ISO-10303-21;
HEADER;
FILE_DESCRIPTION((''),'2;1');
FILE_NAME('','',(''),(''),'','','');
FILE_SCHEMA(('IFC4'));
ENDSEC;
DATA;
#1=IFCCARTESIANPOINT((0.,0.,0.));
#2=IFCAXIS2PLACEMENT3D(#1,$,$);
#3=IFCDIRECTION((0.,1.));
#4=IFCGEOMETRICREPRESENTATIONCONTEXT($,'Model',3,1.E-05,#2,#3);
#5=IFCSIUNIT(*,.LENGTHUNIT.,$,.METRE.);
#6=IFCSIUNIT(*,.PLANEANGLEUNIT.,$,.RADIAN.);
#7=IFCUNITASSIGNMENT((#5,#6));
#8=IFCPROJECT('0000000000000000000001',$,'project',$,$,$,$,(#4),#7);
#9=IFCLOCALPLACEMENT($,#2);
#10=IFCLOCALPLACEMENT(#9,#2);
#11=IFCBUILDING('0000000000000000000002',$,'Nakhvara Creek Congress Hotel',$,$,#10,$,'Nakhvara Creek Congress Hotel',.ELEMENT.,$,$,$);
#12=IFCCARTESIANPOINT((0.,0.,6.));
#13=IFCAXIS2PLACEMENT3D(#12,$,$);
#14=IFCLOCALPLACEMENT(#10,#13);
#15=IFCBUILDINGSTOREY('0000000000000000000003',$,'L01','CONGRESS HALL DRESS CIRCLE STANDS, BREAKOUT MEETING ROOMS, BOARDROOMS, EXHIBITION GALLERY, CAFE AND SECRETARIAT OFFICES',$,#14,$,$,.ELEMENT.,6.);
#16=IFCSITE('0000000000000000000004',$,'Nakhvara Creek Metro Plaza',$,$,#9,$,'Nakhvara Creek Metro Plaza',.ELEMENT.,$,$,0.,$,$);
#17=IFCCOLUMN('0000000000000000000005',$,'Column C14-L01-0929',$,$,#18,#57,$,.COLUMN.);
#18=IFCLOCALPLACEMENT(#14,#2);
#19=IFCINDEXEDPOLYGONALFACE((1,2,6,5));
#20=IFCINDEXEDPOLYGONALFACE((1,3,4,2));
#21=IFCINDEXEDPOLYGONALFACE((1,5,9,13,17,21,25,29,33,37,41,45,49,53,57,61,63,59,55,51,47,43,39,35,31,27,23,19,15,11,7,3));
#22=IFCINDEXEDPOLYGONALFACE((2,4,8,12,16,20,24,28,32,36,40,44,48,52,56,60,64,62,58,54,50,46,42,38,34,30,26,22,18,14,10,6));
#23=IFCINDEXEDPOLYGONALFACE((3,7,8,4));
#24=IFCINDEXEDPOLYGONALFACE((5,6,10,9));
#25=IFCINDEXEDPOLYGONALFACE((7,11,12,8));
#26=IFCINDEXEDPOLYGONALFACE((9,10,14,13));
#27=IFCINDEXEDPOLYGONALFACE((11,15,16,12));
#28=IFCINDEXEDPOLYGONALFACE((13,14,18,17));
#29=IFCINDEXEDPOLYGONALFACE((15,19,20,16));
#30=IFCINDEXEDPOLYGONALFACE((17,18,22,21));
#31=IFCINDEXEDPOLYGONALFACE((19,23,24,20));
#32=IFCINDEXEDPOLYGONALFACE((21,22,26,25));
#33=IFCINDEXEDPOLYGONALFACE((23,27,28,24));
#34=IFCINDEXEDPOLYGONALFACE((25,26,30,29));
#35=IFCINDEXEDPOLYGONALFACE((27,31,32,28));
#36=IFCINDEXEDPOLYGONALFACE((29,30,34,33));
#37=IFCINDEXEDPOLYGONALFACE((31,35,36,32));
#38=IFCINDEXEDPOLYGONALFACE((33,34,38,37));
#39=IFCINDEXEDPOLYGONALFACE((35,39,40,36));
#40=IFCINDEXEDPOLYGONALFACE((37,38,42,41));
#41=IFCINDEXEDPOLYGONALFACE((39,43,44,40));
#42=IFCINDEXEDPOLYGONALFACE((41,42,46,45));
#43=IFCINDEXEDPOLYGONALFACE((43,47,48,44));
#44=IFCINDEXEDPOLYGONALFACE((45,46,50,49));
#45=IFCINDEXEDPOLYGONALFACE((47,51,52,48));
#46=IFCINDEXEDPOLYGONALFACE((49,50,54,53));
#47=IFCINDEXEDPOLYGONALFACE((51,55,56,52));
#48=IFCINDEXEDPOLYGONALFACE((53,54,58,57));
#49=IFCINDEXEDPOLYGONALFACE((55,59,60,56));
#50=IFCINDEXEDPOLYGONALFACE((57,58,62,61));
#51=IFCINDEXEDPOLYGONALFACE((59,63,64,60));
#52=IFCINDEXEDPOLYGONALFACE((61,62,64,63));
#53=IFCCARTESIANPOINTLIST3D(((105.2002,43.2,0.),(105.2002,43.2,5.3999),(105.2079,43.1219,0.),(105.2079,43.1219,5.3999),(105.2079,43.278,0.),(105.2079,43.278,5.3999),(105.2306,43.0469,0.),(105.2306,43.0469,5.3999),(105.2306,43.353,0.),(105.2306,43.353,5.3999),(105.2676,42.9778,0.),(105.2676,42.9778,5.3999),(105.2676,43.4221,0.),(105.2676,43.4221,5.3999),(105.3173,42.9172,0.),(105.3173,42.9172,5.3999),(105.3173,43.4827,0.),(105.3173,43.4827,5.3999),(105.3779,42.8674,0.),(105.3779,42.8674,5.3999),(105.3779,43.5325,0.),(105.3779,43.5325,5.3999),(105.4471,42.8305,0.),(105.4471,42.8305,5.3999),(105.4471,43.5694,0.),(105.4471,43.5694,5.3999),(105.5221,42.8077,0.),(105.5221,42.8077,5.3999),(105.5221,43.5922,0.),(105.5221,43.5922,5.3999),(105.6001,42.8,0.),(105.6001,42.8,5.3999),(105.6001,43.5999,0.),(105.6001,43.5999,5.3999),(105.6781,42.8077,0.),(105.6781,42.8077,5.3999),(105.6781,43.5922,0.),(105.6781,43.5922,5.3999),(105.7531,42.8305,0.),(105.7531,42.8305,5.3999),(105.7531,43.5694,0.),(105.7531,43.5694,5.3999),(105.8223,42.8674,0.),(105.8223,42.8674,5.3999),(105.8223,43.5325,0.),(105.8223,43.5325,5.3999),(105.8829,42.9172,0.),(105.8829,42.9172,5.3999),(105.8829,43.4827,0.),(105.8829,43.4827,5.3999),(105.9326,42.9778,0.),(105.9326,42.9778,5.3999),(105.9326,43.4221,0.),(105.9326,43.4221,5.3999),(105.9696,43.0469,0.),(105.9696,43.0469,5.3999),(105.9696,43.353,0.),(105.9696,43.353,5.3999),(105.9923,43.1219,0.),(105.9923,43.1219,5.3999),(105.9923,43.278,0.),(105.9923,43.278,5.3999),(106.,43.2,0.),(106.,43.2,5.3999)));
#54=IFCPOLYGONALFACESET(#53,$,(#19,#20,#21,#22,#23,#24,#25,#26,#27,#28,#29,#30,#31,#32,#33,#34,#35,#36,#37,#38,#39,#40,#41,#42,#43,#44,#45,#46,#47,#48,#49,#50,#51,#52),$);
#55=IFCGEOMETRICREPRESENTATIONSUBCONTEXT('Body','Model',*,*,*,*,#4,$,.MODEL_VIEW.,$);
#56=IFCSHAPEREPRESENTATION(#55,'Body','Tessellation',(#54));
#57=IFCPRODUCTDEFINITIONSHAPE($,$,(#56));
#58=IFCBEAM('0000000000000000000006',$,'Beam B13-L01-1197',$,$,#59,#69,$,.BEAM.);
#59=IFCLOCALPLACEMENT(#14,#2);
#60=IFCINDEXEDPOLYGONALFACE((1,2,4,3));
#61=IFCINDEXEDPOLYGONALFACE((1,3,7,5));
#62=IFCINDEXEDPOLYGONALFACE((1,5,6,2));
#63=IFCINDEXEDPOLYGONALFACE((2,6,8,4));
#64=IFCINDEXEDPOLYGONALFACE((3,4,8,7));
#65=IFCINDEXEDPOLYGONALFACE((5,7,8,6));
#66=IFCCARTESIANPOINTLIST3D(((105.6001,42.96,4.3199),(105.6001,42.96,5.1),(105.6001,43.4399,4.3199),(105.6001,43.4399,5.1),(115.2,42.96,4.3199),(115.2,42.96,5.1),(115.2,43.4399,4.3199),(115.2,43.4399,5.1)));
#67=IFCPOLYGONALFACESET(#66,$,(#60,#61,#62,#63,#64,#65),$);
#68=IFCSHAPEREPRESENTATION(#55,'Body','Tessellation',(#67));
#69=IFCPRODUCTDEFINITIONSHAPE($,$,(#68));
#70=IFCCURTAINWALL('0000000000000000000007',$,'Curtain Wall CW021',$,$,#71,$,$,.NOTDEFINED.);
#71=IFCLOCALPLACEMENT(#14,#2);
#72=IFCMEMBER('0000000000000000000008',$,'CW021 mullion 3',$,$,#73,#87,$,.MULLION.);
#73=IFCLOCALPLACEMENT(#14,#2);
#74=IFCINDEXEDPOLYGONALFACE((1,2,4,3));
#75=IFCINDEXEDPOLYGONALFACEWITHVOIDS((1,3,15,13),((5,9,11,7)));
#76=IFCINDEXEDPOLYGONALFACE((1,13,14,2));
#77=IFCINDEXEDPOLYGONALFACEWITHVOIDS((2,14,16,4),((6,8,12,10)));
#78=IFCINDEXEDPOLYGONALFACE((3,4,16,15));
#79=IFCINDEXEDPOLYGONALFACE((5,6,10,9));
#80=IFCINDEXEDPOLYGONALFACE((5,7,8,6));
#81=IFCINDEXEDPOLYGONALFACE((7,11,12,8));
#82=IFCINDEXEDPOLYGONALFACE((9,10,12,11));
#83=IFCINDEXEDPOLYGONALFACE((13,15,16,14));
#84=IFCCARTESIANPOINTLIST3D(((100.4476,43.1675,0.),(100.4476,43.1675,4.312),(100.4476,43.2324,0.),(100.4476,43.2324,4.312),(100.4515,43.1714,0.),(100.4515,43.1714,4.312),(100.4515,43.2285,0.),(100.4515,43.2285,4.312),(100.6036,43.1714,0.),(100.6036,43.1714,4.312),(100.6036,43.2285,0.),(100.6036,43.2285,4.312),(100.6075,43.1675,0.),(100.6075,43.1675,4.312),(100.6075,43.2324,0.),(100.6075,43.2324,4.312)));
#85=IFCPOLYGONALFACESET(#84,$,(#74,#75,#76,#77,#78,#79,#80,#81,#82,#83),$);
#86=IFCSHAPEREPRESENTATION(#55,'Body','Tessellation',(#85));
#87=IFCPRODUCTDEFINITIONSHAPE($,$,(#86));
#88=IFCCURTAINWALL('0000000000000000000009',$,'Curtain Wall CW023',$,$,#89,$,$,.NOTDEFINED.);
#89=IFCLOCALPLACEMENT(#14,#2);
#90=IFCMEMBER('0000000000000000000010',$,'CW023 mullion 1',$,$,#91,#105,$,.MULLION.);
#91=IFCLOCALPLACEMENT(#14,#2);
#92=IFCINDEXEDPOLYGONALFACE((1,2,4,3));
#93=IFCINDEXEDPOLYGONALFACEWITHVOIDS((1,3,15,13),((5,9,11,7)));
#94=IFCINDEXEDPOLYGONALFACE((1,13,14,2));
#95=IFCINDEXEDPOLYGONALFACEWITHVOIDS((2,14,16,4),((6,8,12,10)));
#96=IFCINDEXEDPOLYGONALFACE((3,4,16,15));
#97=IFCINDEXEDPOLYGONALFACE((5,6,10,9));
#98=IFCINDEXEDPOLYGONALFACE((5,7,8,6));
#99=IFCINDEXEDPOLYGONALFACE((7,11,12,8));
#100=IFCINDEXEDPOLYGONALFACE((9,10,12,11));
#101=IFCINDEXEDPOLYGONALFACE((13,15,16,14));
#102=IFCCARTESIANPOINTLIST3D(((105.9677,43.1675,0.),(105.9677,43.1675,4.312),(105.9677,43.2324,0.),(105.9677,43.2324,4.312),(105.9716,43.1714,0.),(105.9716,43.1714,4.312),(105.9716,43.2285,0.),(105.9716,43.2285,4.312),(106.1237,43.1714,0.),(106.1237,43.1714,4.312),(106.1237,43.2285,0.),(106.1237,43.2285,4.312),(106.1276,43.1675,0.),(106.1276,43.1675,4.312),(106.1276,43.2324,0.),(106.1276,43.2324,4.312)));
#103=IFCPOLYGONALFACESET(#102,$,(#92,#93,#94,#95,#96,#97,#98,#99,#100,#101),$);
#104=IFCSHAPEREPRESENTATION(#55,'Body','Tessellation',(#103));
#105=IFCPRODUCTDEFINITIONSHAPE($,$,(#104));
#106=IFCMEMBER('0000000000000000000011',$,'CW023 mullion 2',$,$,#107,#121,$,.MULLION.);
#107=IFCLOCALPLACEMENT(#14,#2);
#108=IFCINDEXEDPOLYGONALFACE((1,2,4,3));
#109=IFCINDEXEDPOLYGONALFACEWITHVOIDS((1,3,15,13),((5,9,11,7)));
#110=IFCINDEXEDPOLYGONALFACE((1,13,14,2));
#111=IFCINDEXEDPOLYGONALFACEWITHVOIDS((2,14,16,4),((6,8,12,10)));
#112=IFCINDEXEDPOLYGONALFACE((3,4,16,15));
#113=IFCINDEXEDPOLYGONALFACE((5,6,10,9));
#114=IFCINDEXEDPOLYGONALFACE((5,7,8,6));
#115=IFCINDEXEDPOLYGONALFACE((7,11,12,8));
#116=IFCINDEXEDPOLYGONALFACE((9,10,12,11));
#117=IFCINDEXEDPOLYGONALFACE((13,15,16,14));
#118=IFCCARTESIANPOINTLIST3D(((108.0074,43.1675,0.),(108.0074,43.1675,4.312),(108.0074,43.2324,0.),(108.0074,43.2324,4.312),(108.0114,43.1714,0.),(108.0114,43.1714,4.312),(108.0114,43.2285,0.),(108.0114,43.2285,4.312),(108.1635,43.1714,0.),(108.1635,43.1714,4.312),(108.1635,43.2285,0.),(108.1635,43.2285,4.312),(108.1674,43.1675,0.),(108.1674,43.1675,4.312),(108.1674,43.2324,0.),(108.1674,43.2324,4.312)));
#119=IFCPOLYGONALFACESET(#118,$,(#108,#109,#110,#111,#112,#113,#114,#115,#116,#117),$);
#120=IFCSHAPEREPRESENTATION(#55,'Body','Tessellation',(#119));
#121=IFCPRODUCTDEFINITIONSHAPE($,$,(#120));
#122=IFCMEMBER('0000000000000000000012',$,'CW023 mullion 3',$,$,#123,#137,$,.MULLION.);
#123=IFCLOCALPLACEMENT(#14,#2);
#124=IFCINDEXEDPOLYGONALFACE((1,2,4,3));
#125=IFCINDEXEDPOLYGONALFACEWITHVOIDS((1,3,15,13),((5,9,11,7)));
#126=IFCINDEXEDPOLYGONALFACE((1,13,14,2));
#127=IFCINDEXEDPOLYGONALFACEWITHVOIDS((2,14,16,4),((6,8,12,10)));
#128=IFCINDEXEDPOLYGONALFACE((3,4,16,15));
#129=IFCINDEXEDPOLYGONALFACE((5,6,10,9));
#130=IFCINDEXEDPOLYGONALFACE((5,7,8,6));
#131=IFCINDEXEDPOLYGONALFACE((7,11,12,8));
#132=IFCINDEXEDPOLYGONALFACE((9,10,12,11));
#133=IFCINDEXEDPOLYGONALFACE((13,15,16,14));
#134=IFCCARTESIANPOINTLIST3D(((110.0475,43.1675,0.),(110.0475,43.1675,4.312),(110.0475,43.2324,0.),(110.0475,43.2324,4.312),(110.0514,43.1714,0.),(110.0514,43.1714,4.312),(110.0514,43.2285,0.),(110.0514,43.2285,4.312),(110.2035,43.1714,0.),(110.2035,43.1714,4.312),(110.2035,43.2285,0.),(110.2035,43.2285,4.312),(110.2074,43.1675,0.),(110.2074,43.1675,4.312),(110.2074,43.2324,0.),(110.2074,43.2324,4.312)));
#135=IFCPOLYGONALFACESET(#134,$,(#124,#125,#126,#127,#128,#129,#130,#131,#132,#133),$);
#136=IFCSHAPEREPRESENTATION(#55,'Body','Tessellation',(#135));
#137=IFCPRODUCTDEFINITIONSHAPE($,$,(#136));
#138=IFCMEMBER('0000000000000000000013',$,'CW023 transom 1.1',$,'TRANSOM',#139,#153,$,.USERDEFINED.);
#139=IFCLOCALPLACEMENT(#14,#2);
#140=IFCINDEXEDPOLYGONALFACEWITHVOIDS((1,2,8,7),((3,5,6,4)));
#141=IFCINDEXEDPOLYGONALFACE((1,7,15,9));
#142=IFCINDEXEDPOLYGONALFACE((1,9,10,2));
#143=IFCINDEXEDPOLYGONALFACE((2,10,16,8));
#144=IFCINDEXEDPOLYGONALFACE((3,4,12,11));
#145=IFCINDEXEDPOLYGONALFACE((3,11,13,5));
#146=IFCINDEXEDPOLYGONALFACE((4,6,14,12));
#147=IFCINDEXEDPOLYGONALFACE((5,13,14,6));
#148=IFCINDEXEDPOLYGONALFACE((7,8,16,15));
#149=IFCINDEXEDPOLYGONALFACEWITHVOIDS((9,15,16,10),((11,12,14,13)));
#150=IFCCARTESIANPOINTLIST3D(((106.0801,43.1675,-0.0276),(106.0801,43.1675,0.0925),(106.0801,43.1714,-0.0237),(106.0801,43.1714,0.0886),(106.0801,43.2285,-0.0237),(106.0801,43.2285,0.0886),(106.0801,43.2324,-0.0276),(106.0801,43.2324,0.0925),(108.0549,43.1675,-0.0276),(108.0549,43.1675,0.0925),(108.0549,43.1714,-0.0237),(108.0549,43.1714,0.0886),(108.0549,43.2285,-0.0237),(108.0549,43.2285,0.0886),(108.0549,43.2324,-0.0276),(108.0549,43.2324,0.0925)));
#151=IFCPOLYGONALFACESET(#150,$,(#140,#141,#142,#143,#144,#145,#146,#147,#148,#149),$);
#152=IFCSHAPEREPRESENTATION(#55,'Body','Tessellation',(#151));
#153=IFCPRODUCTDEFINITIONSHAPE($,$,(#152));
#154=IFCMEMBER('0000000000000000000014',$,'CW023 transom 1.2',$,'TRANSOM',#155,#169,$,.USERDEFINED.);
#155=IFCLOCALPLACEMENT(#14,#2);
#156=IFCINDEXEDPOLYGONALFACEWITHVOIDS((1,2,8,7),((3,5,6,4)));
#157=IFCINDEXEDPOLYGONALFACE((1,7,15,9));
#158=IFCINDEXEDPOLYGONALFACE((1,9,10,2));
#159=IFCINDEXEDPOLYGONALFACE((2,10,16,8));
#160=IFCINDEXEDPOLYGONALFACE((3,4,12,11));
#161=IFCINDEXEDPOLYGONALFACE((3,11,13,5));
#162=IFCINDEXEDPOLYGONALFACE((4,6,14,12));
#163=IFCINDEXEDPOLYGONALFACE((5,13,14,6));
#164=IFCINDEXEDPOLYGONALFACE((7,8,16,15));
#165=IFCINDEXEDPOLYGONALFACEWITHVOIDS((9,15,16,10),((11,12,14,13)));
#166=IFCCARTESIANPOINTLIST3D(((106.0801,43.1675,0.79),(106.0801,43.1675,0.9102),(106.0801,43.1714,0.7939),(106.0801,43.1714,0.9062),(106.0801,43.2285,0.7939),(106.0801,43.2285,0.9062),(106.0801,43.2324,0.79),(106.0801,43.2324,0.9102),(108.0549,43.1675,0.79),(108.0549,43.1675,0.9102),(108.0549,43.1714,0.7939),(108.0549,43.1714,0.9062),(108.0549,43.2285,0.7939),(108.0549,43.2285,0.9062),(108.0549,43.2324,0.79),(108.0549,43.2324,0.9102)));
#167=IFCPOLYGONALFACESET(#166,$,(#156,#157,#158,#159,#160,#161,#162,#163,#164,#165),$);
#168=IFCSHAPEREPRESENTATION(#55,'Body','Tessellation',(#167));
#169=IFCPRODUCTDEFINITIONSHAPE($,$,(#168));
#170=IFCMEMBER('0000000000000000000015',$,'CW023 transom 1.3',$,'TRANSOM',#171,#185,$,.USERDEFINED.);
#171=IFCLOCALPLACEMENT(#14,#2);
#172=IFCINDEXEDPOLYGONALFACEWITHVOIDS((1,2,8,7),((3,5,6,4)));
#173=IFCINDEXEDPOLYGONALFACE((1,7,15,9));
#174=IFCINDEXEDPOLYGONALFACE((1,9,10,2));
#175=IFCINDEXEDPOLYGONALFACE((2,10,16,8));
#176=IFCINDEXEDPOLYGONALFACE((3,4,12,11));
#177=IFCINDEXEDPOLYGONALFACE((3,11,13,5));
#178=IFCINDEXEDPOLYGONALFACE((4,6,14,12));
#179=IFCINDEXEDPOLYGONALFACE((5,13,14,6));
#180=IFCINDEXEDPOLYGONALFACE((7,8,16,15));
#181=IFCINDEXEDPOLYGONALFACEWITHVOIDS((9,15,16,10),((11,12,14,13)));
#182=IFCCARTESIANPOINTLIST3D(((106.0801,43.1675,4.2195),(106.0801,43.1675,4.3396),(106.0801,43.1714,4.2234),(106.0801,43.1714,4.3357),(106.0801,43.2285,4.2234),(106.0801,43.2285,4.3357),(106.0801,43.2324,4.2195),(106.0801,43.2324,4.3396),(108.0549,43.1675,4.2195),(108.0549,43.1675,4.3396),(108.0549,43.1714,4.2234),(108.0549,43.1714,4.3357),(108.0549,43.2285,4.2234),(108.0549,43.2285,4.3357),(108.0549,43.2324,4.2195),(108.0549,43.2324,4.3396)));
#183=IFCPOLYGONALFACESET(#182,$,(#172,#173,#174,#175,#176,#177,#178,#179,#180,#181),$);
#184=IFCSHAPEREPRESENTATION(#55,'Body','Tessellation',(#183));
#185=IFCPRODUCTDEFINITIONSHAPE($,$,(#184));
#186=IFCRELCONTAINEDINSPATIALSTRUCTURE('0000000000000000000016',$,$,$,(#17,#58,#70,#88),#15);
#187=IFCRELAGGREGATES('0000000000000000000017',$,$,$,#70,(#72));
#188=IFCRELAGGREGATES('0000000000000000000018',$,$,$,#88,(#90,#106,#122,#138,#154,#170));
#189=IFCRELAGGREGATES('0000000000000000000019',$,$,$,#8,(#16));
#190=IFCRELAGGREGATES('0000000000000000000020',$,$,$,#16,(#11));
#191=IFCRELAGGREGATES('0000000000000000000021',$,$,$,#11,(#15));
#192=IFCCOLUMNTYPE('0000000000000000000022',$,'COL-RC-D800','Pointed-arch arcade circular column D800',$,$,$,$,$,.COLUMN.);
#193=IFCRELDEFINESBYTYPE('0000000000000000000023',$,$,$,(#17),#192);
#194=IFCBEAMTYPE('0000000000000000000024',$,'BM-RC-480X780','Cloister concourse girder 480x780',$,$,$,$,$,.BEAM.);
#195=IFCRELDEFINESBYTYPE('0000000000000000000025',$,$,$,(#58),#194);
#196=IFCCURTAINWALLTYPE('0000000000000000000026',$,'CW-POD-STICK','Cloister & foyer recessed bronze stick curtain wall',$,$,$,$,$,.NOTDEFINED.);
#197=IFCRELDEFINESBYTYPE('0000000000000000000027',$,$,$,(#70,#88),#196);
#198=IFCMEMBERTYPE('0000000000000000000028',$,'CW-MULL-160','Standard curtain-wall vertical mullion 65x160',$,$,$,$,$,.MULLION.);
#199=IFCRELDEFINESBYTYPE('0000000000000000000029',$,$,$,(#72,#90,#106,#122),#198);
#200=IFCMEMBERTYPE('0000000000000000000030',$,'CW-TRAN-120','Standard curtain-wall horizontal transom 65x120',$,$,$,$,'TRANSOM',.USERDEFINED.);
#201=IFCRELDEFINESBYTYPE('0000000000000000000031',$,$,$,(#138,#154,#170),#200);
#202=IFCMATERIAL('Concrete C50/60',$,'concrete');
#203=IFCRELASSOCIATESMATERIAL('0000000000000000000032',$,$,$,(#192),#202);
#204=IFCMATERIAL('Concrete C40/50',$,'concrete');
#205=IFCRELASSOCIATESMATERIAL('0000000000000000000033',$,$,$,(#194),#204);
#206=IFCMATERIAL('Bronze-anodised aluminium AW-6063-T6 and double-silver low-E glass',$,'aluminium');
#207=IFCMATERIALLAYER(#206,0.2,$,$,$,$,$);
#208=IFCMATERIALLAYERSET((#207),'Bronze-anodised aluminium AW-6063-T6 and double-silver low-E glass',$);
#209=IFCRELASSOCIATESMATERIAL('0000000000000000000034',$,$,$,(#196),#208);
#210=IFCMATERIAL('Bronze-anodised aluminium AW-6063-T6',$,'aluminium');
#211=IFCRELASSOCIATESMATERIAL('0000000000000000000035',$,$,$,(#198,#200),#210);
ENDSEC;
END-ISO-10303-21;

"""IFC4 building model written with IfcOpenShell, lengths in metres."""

from ifc_helpers import new_model, si_unit, direction, frame, origin, origin_2d, place, context, subcontext, project, spatial, rectangle, hollow_rectangle, circle, extrude, material, layer, layer_set, material_profile, profile_set, type_object, element, aggregate, save


model = new_model("IFC4")

# Units and contexts
model_context = context("Model", 3, precision=1e-05, world=origin(), true_north=direction((0.0, 1.0)))
body_context = subcontext(model_context, "Body", "Model", "MODEL_VIEW")
ifc_project = project(units=[si_unit("LENGTHUNIT", "METRE"), si_unit("PLANEANGLEUNIT", "RADIAN")], contexts=[model_context])

# Site, building, storey
site_placement = place(None, origin())
site = spatial("IfcSite", under=ifc_project, at=site_placement, Name="Nakhvara Creek Metro Plaza", LongName="Nakhvara Creek Metro Plaza", CompositionType="ELEMENT", RefElevation=0.0)
building_placement = place(site_placement, origin())
building = spatial("IfcBuilding", under=site, at=building_placement, Name="Nakhvara Creek Congress Hotel", LongName="Nakhvara Creek Congress Hotel", CompositionType="ELEMENT")
storey_placement = place(building_placement, frame((0.0, 0.0, 6.0)))
storey = spatial("IfcBuildingStorey", under=building, at=storey_placement, Name="L01", Description="CONGRESS HALL DRESS CIRCLE STANDS, BREAKOUT MEETING ROOMS, BOARDROOMS, EXHIBITION GALLERY, CAFE AND SECRETARIAT OFFICES", CompositionType="ELEMENT", Elevation=6.0)

# Column
ifc_material_1 = material(Name="Concrete C50/60", Category="concrete")
ifc_material_profile_1 = material_profile(ifc_material_1, circle(Radius=0.3999, at=origin_2d()), Name="RC-COL D800", Category="LoadBearing")
ifc_profile_set_1 = profile_set([ifc_material_profile_1], Name="Concrete C50/60")
column_type = type_object("IfcColumnType", Name="COL-RC-D800", Description="Pointed-arch arcade circular column D800", PredefinedType="COLUMN", material=ifc_profile_set_1)
column_placement = place(storey_placement, frame((105.6001, 43.2, 0.0), z_axis=(0.0, 0.0, 1.0), x_axis=(1.0, 0.0, 0.0)))
element("IfcColumn", 1, at=column_placement, inside=storey, type_object=column_type, Name="Column C14-L01-0929", PredefinedType="COLUMN", context=body_context, shape_type="SweptSolid", body=[
    extrude(circle(Radius=0.3999, at=origin_2d()), origin(), (0.0, 0.0, 1.0), 5.3999),
])

# Beam
ifc_material_2 = material(Name="Concrete C40/50", Category="concrete")
ifc_material_profile_2 = material_profile(ifc_material_2, rectangle(XDim=0.48, YDim=0.78, at=origin_2d()), Name="RC-BM 480x780", Category="LoadBearing")
ifc_profile_set_2 = profile_set([ifc_material_profile_2], Name="Concrete C40/50")
beam_type = type_object("IfcBeamType", Name="BM-RC-480X780", Description="Cloister concourse girder 480x780", PredefinedType="BEAM", material=ifc_profile_set_2)
beam_placement = place(storey_placement, frame((105.6001, 43.2, 4.71), z_axis=(1.0, 0.0, 0.0), x_axis=(0.0, 1.0, 0.0)))
element("IfcBeam", 2, at=beam_placement, inside=storey, type_object=beam_type, Name="Beam B13-L01-1197", PredefinedType="BEAM", context=body_context, shape_type="SweptSolid", body=[
    extrude(rectangle(XDim=0.48, YDim=0.78, at=origin_2d()), origin(), (0.0, 0.0, 1.0), 9.5999),
])

# Curtain wall, member
ifc_material_3 = material(Name="Bronze-anodised aluminium AW-6063-T6 and double-silver low-E glass", Category="aluminium")
ifc_layer = layer(ifc_material_3, 0.2)
ifc_layer_set = layer_set([ifc_layer], Name="Bronze-anodised aluminium AW-6063-T6 and double-silver low-E glass")
curtain_wall_type = type_object("IfcCurtainWallType", Name="CW-POD-STICK", Description="Cloister & foyer recessed bronze stick curtain wall", PredefinedType="NOTDEFINED", material=ifc_layer_set)
curtain_wall_1_placement = place(storey_placement, origin())
curtain_wall_1 = element("IfcCurtainWall", 3, at=curtain_wall_1_placement, inside=storey, type_object=curtain_wall_type, Name="Curtain Wall CW021", PredefinedType="NOTDEFINED")
ifc_material_4 = material(Name="Bronze-anodised aluminium AW-6063-T6", Category="aluminium")
ifc_material_profile_3 = material_profile(ifc_material_4, hollow_rectangle(XDim=0.0649, YDim=0.1599, WallThickness=0.0039, at=origin_2d()), Name="ALU-MULL 65x160x4", Category="LoadBearing")
ifc_profile_set_3 = profile_set([ifc_material_profile_3], Name="Bronze-anodised aluminium AW-6063-T6")
member_type_1 = type_object("IfcMemberType", Name="CW-MULL-160", Description="Standard curtain-wall vertical mullion 65x160", PredefinedType="MULLION", material=ifc_profile_set_3)
member_1_placement = place(storey_placement, frame((100.5276, 43.2, 0.0), z_axis=(0.0, 0.0, 1.0), x_axis=(0.0, 1.0, 0.0)))
member_1 = element("IfcMember", 4, at=member_1_placement, type_object=member_type_1, Name="CW021 mullion 3", PredefinedType="MULLION", context=body_context, shape_type="SweptSolid", body=[
    extrude(hollow_rectangle(XDim=0.0649, YDim=0.1599, WallThickness=0.0039, at=origin_2d()), origin(), (0.0, 0.0, 1.0), 4.312),
])

# Curtain wall, members
curtain_wall_2_placement = place(storey_placement, origin())
curtain_wall_2 = element("IfcCurtainWall", 5, at=curtain_wall_2_placement, inside=storey, type_object=curtain_wall_type, Name="Curtain Wall CW023", PredefinedType="NOTDEFINED")
member_2_placement = place(storey_placement, frame((106.0476, 43.2, 0.0), z_axis=(0.0, 0.0, 1.0), x_axis=(0.0, 1.0, 0.0)))
member_2 = element("IfcMember", 6, at=member_2_placement, type_object=member_type_1, Name="CW023 mullion 1", PredefinedType="MULLION", context=body_context, shape_type="SweptSolid", body=[
    extrude(hollow_rectangle(XDim=0.0649, YDim=0.1599, WallThickness=0.0039, at=origin_2d()), origin(), (0.0, 0.0, 1.0), 4.312),
])
member_3_placement = place(storey_placement, frame((108.0874, 43.2, 0.0), z_axis=(0.0, 0.0, 1.0), x_axis=(0.0, 1.0, 0.0)))
member_3 = element("IfcMember", 7, at=member_3_placement, type_object=member_type_1, Name="CW023 mullion 2", PredefinedType="MULLION", context=body_context, shape_type="SweptSolid", body=[
    extrude(hollow_rectangle(XDim=0.0649, YDim=0.1599, WallThickness=0.0039, at=origin_2d()), origin(), (0.0, 0.0, 1.0), 4.312),
])
member_4_placement = place(storey_placement, frame((110.1274, 43.2, 0.0), z_axis=(0.0, 0.0, 1.0), x_axis=(0.0, 1.0, 0.0)))
member_4 = element("IfcMember", 8, at=member_4_placement, type_object=member_type_1, Name="CW023 mullion 3", PredefinedType="MULLION", context=body_context, shape_type="SweptSolid", body=[
    extrude(hollow_rectangle(XDim=0.0649, YDim=0.1599, WallThickness=0.0039, at=origin_2d()), origin(), (0.0, 0.0, 1.0), 4.312),
])
ifc_material_profile_4 = material_profile(ifc_material_4, hollow_rectangle(XDim=0.0649, YDim=0.1201, WallThickness=0.0039, at=origin_2d()), Name="ALU-TRAN 65x120x4", Category="LoadBearing")
ifc_profile_set_4 = profile_set([ifc_material_profile_4], Name="Bronze-anodised aluminium AW-6063-T6")
member_type_2 = type_object("IfcMemberType", Name="CW-TRAN-120", Description="Standard curtain-wall horizontal transom 65x120", ElementType="TRANSOM", PredefinedType="USERDEFINED", material=ifc_profile_set_4)
member_5_placement = place(storey_placement, frame((106.0801, 43.2, 0.0325), z_axis=(1.0, 0.0, 0.0), x_axis=(0.0, 1.0, 0.0)))
member_5 = element("IfcMember", 9, at=member_5_placement, type_object=member_type_2, Name="CW023 transom 1.1", ObjectType="TRANSOM", PredefinedType="USERDEFINED", context=body_context, shape_type="SweptSolid", body=[
    extrude(hollow_rectangle(XDim=0.0649, YDim=0.1201, WallThickness=0.0039, at=origin_2d()), origin(), (0.0, 0.0, 1.0), 1.9749),
])
member_6_placement = place(storey_placement, frame((106.0801, 43.2, 0.8501), z_axis=(1.0, 0.0, 0.0), x_axis=(0.0, 1.0, 0.0)))
member_6 = element("IfcMember", 10, at=member_6_placement, type_object=member_type_2, Name="CW023 transom 1.2", ObjectType="TRANSOM", PredefinedType="USERDEFINED", context=body_context, shape_type="SweptSolid", body=[
    extrude(hollow_rectangle(XDim=0.0649, YDim=0.1201, WallThickness=0.0039, at=origin_2d()), origin(), (0.0, 0.0, 1.0), 1.9749),
])
member_7_placement = place(storey_placement, frame((106.0801, 43.2, 4.2795), z_axis=(1.0, 0.0, 0.0), x_axis=(0.0, 1.0, 0.0)))
member_7 = element("IfcMember", 11, at=member_7_placement, type_object=member_type_2, Name="CW023 transom 1.3", ObjectType="TRANSOM", PredefinedType="USERDEFINED", context=body_context, shape_type="SweptSolid", body=[
    extrude(hollow_rectangle(XDim=0.0649, YDim=0.1201, WallThickness=0.0039, at=origin_2d()), origin(), (0.0, 0.0, 1.0), 1.9749),
])

aggregate(curtain_wall_1, [member_1])
aggregate(curtain_wall_2, [member_2, member_3, member_4, member_5, member_6, member_7])

save(model, "model.ifc")
